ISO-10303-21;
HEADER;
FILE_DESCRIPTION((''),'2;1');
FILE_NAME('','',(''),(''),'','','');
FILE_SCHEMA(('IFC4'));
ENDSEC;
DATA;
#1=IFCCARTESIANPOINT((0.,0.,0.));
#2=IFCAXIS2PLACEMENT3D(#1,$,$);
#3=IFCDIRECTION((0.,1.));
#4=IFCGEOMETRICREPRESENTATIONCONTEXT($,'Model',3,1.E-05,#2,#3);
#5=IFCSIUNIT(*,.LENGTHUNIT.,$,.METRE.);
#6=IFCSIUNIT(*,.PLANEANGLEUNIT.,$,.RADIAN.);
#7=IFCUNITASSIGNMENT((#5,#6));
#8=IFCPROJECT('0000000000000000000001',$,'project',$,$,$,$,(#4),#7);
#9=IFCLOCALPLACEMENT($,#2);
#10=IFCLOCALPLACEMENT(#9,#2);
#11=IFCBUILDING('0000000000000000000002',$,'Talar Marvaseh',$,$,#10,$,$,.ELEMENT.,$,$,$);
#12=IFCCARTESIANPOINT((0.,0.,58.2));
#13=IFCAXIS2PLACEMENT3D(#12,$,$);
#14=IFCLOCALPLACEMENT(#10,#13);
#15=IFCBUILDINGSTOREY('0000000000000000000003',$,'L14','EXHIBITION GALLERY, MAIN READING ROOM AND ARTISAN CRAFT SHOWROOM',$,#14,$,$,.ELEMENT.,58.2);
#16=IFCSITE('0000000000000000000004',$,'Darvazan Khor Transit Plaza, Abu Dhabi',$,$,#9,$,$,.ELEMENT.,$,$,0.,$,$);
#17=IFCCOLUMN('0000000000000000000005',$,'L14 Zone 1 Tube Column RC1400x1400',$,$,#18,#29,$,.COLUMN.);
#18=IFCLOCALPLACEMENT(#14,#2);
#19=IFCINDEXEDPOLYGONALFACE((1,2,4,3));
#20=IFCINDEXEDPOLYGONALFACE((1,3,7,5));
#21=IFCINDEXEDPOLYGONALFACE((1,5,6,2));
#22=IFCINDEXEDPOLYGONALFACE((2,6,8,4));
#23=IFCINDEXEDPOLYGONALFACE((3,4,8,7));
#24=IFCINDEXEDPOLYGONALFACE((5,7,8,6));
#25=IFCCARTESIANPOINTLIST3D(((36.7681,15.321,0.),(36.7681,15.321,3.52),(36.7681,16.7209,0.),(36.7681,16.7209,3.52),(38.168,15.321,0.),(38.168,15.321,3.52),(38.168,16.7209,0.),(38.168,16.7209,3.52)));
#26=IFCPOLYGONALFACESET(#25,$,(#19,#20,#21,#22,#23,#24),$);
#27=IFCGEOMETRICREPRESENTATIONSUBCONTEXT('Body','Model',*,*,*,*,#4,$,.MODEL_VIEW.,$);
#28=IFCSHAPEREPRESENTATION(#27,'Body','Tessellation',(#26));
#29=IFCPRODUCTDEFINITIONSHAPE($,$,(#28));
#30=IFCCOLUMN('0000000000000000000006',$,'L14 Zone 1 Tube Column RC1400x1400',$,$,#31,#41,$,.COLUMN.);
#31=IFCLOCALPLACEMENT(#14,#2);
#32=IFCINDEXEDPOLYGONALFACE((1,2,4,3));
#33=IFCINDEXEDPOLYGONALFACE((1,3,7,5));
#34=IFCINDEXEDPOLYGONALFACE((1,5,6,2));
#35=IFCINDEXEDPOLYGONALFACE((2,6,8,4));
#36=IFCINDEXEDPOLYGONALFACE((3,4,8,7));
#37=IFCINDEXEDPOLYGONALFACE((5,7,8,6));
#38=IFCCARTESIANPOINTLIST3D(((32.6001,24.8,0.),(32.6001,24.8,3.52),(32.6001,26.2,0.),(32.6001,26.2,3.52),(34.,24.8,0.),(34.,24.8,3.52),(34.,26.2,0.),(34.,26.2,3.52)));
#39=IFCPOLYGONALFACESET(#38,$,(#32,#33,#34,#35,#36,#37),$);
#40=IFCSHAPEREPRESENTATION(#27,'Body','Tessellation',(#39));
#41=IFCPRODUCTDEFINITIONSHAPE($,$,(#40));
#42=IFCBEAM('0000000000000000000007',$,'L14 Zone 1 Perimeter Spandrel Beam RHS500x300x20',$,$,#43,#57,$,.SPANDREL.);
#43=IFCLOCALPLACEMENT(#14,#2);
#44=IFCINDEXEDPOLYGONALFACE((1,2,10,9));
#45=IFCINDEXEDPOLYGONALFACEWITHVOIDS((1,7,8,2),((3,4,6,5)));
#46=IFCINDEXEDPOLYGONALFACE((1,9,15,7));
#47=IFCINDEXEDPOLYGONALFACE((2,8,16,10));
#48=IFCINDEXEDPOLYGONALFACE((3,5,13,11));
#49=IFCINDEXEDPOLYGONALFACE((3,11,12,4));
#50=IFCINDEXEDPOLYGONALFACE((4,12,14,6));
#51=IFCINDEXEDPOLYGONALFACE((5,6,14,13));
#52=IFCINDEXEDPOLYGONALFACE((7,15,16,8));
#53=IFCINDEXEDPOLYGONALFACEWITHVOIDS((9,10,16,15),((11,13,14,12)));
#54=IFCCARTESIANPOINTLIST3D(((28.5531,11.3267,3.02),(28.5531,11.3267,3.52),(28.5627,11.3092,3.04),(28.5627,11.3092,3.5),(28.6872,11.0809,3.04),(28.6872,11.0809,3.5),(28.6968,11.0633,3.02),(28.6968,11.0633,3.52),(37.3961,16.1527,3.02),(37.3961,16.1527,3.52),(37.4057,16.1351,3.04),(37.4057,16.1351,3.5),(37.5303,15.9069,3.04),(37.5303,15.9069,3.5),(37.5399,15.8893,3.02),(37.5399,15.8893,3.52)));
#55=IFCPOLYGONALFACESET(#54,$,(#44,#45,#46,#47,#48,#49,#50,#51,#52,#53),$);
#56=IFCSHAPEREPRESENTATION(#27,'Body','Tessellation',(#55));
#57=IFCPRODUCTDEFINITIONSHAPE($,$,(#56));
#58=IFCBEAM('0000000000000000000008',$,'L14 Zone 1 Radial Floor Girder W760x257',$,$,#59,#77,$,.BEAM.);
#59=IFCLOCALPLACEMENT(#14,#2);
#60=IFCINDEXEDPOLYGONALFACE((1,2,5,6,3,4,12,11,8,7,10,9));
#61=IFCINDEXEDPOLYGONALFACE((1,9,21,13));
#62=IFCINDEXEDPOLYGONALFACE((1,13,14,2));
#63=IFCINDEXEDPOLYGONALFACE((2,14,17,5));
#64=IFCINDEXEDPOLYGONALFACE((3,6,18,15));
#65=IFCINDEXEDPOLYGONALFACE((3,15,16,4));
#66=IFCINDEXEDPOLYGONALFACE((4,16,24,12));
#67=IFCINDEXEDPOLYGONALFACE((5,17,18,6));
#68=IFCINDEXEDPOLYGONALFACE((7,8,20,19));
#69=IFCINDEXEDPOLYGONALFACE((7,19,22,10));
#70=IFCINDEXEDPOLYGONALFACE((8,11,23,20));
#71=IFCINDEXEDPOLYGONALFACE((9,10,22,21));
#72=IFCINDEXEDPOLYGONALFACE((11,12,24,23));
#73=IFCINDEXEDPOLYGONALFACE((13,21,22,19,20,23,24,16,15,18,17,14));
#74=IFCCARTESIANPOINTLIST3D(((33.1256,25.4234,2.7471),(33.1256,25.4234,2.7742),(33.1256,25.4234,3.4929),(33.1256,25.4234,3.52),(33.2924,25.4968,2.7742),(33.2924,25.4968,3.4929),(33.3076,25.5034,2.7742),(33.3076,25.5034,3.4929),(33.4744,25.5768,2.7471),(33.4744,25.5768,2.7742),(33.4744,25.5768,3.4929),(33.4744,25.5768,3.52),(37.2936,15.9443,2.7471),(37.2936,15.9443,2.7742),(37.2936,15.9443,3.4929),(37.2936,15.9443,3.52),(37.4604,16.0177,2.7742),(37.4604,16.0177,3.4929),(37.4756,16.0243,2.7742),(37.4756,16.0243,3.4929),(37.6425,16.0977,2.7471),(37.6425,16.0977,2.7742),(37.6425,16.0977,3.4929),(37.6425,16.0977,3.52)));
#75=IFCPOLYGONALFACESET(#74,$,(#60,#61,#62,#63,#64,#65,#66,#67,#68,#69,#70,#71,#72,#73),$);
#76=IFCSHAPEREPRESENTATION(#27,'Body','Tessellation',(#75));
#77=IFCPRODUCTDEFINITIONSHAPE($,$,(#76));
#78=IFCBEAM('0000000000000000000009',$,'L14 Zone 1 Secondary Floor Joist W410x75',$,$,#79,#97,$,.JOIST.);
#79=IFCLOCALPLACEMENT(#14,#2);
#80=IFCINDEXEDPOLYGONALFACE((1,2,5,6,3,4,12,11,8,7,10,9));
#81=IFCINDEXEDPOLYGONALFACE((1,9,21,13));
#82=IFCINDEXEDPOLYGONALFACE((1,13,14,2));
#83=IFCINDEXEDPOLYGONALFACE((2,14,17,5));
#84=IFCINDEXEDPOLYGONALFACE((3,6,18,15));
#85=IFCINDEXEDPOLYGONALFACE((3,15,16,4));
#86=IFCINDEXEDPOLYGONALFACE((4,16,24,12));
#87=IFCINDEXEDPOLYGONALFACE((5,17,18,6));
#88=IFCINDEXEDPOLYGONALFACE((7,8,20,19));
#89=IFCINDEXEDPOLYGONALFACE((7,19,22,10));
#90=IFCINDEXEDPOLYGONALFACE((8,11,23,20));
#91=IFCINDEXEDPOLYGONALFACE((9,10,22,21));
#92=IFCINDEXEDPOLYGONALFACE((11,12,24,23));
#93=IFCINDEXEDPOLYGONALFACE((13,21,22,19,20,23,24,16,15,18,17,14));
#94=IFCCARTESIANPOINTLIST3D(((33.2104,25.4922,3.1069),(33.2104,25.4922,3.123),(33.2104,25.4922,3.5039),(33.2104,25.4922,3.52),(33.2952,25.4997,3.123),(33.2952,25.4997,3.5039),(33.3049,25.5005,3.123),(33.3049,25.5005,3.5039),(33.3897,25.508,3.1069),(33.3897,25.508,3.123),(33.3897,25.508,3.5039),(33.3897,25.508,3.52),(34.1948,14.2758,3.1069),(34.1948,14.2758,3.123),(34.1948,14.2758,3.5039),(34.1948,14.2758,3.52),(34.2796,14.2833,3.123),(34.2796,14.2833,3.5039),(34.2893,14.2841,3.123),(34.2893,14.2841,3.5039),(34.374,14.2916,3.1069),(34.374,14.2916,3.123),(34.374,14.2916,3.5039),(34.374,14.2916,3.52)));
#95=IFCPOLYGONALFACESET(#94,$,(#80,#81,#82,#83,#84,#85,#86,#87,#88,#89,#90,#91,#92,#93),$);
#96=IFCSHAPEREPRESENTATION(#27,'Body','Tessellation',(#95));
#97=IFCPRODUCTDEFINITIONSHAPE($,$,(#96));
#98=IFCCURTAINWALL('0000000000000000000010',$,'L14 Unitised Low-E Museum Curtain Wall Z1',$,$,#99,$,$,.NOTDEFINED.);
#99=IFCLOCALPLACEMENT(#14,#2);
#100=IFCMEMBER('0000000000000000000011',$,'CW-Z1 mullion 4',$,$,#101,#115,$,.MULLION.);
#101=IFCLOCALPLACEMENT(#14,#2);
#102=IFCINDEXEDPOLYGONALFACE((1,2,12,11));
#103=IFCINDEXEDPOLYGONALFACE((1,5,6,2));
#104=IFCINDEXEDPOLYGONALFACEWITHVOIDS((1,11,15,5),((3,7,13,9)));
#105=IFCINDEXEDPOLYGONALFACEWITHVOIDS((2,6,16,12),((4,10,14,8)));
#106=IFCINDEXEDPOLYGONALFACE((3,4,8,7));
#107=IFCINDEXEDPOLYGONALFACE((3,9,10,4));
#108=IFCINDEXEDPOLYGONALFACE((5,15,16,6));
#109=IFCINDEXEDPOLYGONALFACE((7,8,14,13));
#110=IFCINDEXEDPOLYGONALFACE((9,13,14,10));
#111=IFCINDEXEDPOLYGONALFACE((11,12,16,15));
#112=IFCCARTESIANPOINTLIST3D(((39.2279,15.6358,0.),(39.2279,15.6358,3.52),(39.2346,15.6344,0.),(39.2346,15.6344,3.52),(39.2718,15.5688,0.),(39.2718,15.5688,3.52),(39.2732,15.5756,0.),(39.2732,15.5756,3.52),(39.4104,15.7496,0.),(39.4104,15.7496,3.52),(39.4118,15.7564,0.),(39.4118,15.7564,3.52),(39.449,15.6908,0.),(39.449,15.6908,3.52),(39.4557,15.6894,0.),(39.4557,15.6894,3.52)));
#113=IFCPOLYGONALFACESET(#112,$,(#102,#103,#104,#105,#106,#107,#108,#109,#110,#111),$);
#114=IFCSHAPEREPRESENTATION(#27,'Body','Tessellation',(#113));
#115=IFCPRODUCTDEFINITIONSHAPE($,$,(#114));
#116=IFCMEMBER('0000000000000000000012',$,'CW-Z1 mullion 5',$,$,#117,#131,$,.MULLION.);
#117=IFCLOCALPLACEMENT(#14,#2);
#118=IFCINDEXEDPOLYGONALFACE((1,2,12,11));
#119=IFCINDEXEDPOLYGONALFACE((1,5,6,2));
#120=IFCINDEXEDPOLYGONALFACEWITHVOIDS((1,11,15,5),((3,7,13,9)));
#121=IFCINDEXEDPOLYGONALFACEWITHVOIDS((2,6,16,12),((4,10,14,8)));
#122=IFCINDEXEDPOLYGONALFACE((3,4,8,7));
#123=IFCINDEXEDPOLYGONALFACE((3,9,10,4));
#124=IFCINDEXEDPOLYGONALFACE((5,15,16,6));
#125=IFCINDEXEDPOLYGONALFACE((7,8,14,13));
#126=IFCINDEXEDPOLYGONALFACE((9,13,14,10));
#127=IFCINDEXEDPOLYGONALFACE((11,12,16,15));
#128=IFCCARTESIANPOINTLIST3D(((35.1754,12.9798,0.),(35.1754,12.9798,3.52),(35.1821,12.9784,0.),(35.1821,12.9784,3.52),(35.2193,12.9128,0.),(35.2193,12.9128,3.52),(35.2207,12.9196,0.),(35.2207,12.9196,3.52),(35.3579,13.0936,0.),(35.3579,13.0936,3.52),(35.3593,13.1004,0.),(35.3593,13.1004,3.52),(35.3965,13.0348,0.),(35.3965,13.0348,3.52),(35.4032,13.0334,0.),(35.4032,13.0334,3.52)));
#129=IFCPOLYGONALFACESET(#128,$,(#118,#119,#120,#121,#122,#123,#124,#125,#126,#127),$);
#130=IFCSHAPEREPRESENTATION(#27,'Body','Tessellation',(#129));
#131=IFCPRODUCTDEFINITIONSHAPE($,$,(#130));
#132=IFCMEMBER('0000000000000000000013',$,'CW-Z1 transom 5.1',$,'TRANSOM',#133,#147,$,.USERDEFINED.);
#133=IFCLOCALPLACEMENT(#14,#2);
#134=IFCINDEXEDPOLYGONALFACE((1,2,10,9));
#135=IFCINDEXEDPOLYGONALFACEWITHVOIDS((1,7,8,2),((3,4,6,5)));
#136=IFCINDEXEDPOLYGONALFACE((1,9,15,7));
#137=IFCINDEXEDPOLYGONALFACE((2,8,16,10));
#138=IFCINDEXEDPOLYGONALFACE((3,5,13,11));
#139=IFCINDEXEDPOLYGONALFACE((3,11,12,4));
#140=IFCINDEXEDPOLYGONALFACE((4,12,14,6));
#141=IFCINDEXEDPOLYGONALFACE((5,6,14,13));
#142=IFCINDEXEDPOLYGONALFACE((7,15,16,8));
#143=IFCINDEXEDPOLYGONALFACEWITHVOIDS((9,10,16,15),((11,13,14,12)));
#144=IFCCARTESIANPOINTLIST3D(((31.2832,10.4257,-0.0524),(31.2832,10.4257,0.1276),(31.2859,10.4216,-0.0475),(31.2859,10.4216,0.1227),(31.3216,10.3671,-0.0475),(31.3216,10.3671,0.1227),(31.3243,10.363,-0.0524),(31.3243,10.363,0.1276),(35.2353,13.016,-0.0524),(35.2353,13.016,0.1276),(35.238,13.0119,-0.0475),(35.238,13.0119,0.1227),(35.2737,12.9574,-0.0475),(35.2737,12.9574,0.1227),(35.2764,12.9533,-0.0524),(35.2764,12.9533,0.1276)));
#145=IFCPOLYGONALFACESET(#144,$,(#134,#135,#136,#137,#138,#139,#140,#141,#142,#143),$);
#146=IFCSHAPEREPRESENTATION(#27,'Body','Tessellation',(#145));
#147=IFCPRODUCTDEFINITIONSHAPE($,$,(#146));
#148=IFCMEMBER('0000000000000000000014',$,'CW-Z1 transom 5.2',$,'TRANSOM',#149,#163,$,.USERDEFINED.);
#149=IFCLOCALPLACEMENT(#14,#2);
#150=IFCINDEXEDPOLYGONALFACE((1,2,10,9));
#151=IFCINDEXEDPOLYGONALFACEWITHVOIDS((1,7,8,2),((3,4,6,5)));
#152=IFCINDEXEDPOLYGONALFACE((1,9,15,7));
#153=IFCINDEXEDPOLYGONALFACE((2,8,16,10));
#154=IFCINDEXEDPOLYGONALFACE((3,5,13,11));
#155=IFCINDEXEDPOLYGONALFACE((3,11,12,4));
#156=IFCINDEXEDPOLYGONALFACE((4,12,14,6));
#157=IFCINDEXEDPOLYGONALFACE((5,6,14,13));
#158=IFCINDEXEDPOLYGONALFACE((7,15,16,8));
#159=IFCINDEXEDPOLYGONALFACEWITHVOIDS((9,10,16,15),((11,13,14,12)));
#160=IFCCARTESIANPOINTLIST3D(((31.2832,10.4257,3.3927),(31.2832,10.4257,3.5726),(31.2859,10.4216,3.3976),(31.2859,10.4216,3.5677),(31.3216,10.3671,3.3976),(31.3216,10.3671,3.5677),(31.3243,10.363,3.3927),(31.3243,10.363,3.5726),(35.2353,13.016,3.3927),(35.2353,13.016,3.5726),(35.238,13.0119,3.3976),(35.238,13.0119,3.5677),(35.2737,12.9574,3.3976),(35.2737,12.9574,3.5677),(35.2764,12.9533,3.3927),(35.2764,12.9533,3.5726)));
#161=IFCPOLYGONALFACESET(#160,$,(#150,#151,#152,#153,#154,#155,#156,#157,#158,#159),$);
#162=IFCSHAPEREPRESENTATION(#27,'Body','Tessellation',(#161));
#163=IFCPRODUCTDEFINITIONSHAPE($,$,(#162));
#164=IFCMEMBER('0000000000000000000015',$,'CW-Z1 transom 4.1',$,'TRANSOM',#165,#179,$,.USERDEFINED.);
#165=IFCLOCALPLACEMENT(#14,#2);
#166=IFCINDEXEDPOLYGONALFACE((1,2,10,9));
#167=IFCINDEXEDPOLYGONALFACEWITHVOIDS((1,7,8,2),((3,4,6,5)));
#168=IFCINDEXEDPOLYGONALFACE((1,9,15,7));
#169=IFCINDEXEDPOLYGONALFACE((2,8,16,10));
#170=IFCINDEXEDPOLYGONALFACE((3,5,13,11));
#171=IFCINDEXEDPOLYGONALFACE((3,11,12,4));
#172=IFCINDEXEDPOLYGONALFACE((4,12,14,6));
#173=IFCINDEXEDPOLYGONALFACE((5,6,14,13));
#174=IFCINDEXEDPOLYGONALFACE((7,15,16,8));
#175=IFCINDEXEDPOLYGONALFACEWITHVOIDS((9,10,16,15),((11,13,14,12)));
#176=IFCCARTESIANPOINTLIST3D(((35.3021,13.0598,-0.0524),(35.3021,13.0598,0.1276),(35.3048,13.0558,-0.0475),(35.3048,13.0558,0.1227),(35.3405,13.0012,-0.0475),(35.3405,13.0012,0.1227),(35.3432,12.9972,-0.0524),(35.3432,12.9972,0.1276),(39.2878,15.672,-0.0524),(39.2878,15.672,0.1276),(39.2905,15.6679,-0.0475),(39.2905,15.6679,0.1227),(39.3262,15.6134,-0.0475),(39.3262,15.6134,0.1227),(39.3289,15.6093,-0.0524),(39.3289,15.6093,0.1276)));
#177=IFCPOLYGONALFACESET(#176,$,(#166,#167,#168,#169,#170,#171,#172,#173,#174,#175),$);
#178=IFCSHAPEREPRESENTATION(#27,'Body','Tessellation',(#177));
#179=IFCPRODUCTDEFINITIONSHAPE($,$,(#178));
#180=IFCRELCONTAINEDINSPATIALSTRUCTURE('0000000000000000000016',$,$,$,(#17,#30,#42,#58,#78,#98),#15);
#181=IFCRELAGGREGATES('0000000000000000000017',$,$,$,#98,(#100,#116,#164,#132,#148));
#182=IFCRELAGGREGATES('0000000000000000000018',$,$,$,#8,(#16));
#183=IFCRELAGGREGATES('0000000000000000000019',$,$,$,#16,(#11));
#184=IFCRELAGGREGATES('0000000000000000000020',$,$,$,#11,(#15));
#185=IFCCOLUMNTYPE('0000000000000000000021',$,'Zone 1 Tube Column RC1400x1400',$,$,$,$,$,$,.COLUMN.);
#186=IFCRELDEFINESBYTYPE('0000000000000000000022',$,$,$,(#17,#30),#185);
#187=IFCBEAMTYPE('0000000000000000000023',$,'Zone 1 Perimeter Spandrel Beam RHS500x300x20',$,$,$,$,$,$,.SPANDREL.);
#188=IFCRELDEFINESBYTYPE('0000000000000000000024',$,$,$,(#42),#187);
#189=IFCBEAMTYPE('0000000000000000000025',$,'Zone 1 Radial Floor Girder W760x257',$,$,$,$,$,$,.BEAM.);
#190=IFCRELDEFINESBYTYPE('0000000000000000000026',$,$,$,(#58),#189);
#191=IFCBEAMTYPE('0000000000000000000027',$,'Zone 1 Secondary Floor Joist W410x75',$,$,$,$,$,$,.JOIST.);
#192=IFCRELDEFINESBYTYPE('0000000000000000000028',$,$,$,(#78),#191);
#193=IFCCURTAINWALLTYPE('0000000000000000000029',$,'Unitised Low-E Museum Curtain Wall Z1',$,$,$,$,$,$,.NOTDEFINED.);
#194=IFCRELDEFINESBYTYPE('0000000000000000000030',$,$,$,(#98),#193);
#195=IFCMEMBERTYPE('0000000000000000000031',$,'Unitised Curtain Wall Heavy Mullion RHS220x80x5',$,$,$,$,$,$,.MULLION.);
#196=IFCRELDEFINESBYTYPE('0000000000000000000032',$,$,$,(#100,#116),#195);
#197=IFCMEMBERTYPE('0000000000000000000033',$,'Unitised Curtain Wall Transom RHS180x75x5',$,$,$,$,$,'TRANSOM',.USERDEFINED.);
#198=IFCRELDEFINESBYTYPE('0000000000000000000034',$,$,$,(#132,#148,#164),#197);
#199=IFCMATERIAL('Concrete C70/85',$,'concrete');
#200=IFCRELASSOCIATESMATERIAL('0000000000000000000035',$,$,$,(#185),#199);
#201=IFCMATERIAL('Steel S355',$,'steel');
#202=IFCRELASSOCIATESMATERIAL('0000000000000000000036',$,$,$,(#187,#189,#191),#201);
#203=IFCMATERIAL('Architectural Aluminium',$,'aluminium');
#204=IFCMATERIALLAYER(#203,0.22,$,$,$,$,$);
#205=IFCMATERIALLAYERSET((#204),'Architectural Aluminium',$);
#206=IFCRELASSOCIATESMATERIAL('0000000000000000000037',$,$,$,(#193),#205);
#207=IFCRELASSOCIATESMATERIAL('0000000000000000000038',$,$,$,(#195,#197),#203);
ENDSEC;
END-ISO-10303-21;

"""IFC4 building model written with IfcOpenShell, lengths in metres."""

from ifc_helpers import new_model, si_unit, direction, frame, origin, origin_2d, place, context, subcontext, project, spatial, rectangle, hollow_rectangle, i_section, extrude, source, transform, mapped, material, layer, layer_set, material_profile, profile_set, type_object, type_shapes, element, aggregate, save


model = new_model("IFC4")

# Units and contexts
model_context = context("Model", 3, precision=1e-05, world=origin(), true_north=direction((0.0, 1.0)))
body_context = subcontext(model_context, "Body", "Model", "MODEL_VIEW")
ifc_project = project(units=[si_unit("LENGTHUNIT", "METRE"), si_unit("PLANEANGLEUNIT", "RADIAN")], contexts=[model_context])

# Site, building, storey
site_placement = place(None, origin())
site = spatial("IfcSite", under=ifc_project, at=site_placement, Name="Darvazan Khor Transit Plaza, Abu Dhabi", CompositionType="ELEMENT", RefElevation=0.0)
building_placement = place(site_placement, origin())
building = spatial("IfcBuilding", under=site, at=building_placement, Name="Talar Marvaseh", CompositionType="ELEMENT")
storey_placement = place(building_placement, frame((0.0, 0.0, 58.2)))
storey = spatial("IfcBuildingStorey", under=building, at=storey_placement, Name="L14", Description="EXHIBITION GALLERY, MAIN READING ROOM AND ARTISAN CRAFT SHOWROOM", CompositionType="ELEMENT", Elevation=58.2)

# Columns
ifc_material_1 = material(Name="Concrete C70/85", Category="concrete")
ifc_material_profile_1 = material_profile(ifc_material_1, rectangle(XDim=1.3999, YDim=1.3999, at=origin_2d()), Name="RC1400x1400")
ifc_profile_set_1 = profile_set([ifc_material_profile_1], Name="Concrete C70/85")
column_type = type_object("IfcColumnType", Name="Zone 1 Tube Column RC1400x1400", PredefinedType="COLUMN", material=ifc_profile_set_1)
for number, where, z_axis, x_axis, name in (
    (1, (37.468, 16.021, 0.0), (0.0, 0.0, 1.0), (1.0, 0.0, 0.0), "L14 Zone 1 Tube Column RC1400x1400"),
    (2, (33.3, 25.5, 0.0), (0.0, 0.0, 1.0), (1.0, 0.0, 0.0), "L14 Zone 1 Tube Column RC1400x1400"),
):
    element("IfcColumn", number, at=place(storey_placement, frame(where, z_axis=z_axis, x_axis=x_axis)), inside=storey, type_object=column_type, Name=name, PredefinedType="COLUMN", context=body_context, shape_type="SweptSolid", body=[
        extrude(rectangle(XDim=1.3999, YDim=1.3999, at=origin_2d()), origin(), (0.0, 0.0, 1.0), 3.52),
    ])

# Beams
ifc_material_2 = material(Name="Steel S355", Category="steel")
ifc_material_profile_2 = material_profile(ifc_material_2, hollow_rectangle(XDim=0.3, YDim=0.5, WallThickness=0.02, at=origin_2d()), Name="RHS500x300x20")
ifc_profile_set_2 = profile_set([ifc_material_profile_2], Name="Steel S355")
beam_type_1 = type_object("IfcBeamType", Name="Zone 1 Perimeter Spandrel Beam RHS500x300x20", PredefinedType="SPANDREL", material=ifc_profile_set_2)
beam_1_placement = place(storey_placement, frame((37.468, 16.021, 3.27), z_axis=(-0.877793, -0.479041, 0.0), x_axis=(0.479041, -0.877793, 0.0)))
element("IfcBeam", 3, at=beam_1_placement, inside=storey, type_object=beam_type_1, Name="L14 Zone 1 Perimeter Spandrel Beam RHS500x300x20", PredefinedType="SPANDREL", context=body_context, shape_type="SweptSolid", body=[
    extrude(hollow_rectangle(XDim=0.3, YDim=0.5, WallThickness=0.02, at=origin_2d()), origin(), (0.0, 0.0, 1.0), 10.0742),
])
ifc_material_profile_3 = material_profile(ifc_material_2, i_section(OverallWidth=0.3811, OverallDepth=0.7729, WebThickness=0.0166, FlangeThickness=0.0271, at=origin_2d()), Name="W760x257")
ifc_profile_set_3 = profile_set([ifc_material_profile_3], Name="Steel S355")
beam_type_2 = type_object("IfcBeamType", Name="Zone 1 Radial Floor Girder W760x257", PredefinedType="BEAM", material=ifc_profile_set_3)
beam_2_placement = place(storey_placement, frame((37.468, 16.021, 3.1335), z_axis=(-0.402513, 0.915414, 0.0), x_axis=(-0.915414, -0.402513, 0.0)))
element("IfcBeam", 4, at=beam_2_placement, inside=storey, type_object=beam_type_2, Name="L14 Zone 1 Radial Floor Girder W760x257", PredefinedType="BEAM", context=body_context, shape_type="SweptSolid", body=[
    extrude(i_section(OverallWidth=0.3811, OverallDepth=0.7729, WebThickness=0.0166, FlangeThickness=0.0271, at=origin_2d()), origin(), (0.0, 0.0, 1.0), 10.355),
])
ifc_material_profile_4 = material_profile(ifc_material_2, i_section(OverallWidth=0.1799, OverallDepth=0.4131, WebThickness=0.0098, FlangeThickness=0.0161, at=origin_2d()), Name="W410x75")
ifc_profile_set_4 = profile_set([ifc_material_profile_4], Name="Steel S355")
beam_type_3 = type_object("IfcBeamType", Name="Zone 1 Secondary Floor Joist W410x75", PredefinedType="JOIST", material=ifc_profile_set_4)
beam_3_placement = place(storey_placement, frame((34.2844, 14.2837, 3.3135), z_axis=(-0.087427, 0.996171, 0.0), x_axis=(-0.996171, -0.087427, 0.0)))
element("IfcBeam", 5, at=beam_3_placement, inside=storey, type_object=beam_type_3, Name="L14 Zone 1 Secondary Floor Joist W410x75", PredefinedType="JOIST", context=body_context, shape_type="SweptSolid", body=[
    extrude(i_section(OverallWidth=0.1799, OverallDepth=0.4131, WebThickness=0.0098, FlangeThickness=0.0161, at=origin_2d()), origin(), (0.0, 0.0, 1.0), 11.2595),
])

# Curtain wall, members
ifc_material_3 = material(Name="Architectural Aluminium", Category="aluminium")
ifc_layer_1 = layer(ifc_material_3, 0.22)
ifc_layer_set_1 = layer_set([ifc_layer_1], Name="Architectural Aluminium")
curtain_wall_type = type_object("IfcCurtainWallType", Name="Unitised Low-E Museum Curtain Wall Z1", PredefinedType="NOTDEFINED", material=ifc_layer_set_1)
curtain_wall_placement = place(storey_placement, origin())
curtain_wall = element("IfcCurtainWall", 6, at=curtain_wall_placement, inside=storey, type_object=curtain_wall_type, Name="L14 Unitised Low-E Museum Curtain Wall Z1", PredefinedType="NOTDEFINED")
ifc_material_profile_5 = material_profile(ifc_material_3, hollow_rectangle(XDim=0.0801, YDim=0.22, WallThickness=0.0049, at=origin_2d()), Name="RHS220x80x5")
ifc_profile_set_5 = profile_set([ifc_material_profile_5], Name="Architectural Aluminium")
member_type_1 = type_object("IfcMemberType", Name="Unitised Curtain Wall Heavy Mullion RHS220x80x5", PredefinedType="MULLION", material=ifc_profile_set_5)
shared_shape_1 = source(origin(), body_context, "Body", "SweptSolid", [
    extrude(hollow_rectangle(XDim=0.0801, YDim=0.22, WallThickness=0.0049, at=origin_2d()), origin(), (0.0, 0.0, 1.0), 3.52),
])
type_shapes(member_type_1, [shared_shape_1])
member_1_placement = place(storey_placement, frame((39.3418, 15.6626, 0.0), z_axis=(0.0, 0.0, 1.0), x_axis=(0.548164, -0.836371, 0.0)))
member_1 = element("IfcMember", 7, at=member_1_placement, type_object=member_type_1, Name="CW-Z1 mullion 4", PredefinedType="MULLION", context=body_context, shape_type="MappedRepresentation", body=[
    mapped(shared_shape_1, transform((0.0, 0.0, 0.0), x_axis=(1.0, 0.0, 0.0), y_axis=(0.0, 1.0, 0.0), z_axis=(0.0, 0.0, 1.0), scale=1.0)),
])
member_2_placement = place(storey_placement, frame((35.2893, 13.0066, 0.0), z_axis=(0.0, 0.0, 1.0), x_axis=(0.548164, -0.836371, 0.0)))
member_2 = element("IfcMember", 8, at=member_2_placement, type_object=member_type_1, Name="CW-Z1 mullion 5", PredefinedType="MULLION", context=body_context, shape_type="MappedRepresentation", body=[
    mapped(shared_shape_1, transform((0.0, 0.0, 0.0), x_axis=(1.0, 0.0, 0.0), y_axis=(0.0, 1.0, 0.0), z_axis=(0.0, 0.0, 1.0), scale=1.0)),
])
ifc_material_profile_6 = material_profile(ifc_material_3, hollow_rectangle(XDim=0.075, YDim=0.1799, WallThickness=0.0049, at=origin_2d()), Name="RHS180x75x5")
ifc_profile_set_6 = profile_set([ifc_material_profile_6], Name="Architectural Aluminium")
member_type_2 = type_object("IfcMemberType", Name="Unitised Curtain Wall Transom RHS180x75x5", ElementType="TRANSOM", PredefinedType="USERDEFINED", material=ifc_profile_set_6)
shared_shape_2 = source(origin(), body_context, "Body", "SweptSolid", [
    extrude(hollow_rectangle(XDim=0.075, YDim=0.1799, WallThickness=0.0049, at=origin_2d()), origin(), (0.0, 0.0, 1.0), 4.7253),
])
member_3_placement = place(storey_placement, frame((35.2559, 12.9846, 0.0376), z_axis=(-0.836365, -0.548173, 0.0), x_axis=(0.548173, -0.836365, 0.0)))
member_3 = element("IfcMember", 9, at=member_3_placement, type_object=member_type_2, Name="CW-Z1 transom 5.1", ObjectType="TRANSOM", PredefinedType="USERDEFINED", context=body_context, shape_type="MappedRepresentation", body=[
    mapped(shared_shape_2, transform((0.0, 0.0, 0.0), x_axis=(1.0, 0.0, 0.0), y_axis=(0.0, 1.0, 0.0), z_axis=(0.0, 0.0, 1.0), scale=1.0)),
])
member_4_placement = place(storey_placement, frame((35.2559, 12.9846, 3.4827), z_axis=(-0.836365, -0.548173, 0.0), x_axis=(0.548173, -0.836365, 0.0)))
member_4 = element("IfcMember", 10, at=member_4_placement, type_object=member_type_2, Name="CW-Z1 transom 5.2", ObjectType="TRANSOM", PredefinedType="USERDEFINED", context=body_context, shape_type="MappedRepresentation", body=[
    mapped(shared_shape_2, transform((0.0, 0.0, 0.0), x_axis=(1.0, 0.0, 0.0), y_axis=(0.0, 1.0, 0.0), z_axis=(0.0, 0.0, 1.0), scale=1.0)),
])
shared_shape_3 = source(origin(), body_context, "Body", "SweptSolid", [
    extrude(hollow_rectangle(XDim=0.075, YDim=0.1799, WallThickness=0.0049, at=origin_2d()), origin(), (0.0, 0.0, 1.0), 4.7654),
])
type_shapes(member_type_2, [shared_shape_2, shared_shape_3])
member_5_placement = place(storey_placement, frame((39.3083, 15.6406, 0.0376), z_axis=(-0.836383, -0.548145, 0.0), x_axis=(0.548145, -0.836383, 0.0)))
member_5 = element("IfcMember", 11, at=member_5_placement, type_object=member_type_2, Name="CW-Z1 transom 4.1", ObjectType="TRANSOM", PredefinedType="USERDEFINED", context=body_context, shape_type="MappedRepresentation", body=[
    mapped(shared_shape_3, transform((0.0, 0.0, 0.0), x_axis=(1.0, 0.0, 0.0), y_axis=(0.0, 1.0, 0.0), z_axis=(0.0, 0.0, 1.0), scale=1.0)),
])
aggregate(curtain_wall, [member_1, member_2, member_5, member_3, member_4])

save(model, "model.ifc")
